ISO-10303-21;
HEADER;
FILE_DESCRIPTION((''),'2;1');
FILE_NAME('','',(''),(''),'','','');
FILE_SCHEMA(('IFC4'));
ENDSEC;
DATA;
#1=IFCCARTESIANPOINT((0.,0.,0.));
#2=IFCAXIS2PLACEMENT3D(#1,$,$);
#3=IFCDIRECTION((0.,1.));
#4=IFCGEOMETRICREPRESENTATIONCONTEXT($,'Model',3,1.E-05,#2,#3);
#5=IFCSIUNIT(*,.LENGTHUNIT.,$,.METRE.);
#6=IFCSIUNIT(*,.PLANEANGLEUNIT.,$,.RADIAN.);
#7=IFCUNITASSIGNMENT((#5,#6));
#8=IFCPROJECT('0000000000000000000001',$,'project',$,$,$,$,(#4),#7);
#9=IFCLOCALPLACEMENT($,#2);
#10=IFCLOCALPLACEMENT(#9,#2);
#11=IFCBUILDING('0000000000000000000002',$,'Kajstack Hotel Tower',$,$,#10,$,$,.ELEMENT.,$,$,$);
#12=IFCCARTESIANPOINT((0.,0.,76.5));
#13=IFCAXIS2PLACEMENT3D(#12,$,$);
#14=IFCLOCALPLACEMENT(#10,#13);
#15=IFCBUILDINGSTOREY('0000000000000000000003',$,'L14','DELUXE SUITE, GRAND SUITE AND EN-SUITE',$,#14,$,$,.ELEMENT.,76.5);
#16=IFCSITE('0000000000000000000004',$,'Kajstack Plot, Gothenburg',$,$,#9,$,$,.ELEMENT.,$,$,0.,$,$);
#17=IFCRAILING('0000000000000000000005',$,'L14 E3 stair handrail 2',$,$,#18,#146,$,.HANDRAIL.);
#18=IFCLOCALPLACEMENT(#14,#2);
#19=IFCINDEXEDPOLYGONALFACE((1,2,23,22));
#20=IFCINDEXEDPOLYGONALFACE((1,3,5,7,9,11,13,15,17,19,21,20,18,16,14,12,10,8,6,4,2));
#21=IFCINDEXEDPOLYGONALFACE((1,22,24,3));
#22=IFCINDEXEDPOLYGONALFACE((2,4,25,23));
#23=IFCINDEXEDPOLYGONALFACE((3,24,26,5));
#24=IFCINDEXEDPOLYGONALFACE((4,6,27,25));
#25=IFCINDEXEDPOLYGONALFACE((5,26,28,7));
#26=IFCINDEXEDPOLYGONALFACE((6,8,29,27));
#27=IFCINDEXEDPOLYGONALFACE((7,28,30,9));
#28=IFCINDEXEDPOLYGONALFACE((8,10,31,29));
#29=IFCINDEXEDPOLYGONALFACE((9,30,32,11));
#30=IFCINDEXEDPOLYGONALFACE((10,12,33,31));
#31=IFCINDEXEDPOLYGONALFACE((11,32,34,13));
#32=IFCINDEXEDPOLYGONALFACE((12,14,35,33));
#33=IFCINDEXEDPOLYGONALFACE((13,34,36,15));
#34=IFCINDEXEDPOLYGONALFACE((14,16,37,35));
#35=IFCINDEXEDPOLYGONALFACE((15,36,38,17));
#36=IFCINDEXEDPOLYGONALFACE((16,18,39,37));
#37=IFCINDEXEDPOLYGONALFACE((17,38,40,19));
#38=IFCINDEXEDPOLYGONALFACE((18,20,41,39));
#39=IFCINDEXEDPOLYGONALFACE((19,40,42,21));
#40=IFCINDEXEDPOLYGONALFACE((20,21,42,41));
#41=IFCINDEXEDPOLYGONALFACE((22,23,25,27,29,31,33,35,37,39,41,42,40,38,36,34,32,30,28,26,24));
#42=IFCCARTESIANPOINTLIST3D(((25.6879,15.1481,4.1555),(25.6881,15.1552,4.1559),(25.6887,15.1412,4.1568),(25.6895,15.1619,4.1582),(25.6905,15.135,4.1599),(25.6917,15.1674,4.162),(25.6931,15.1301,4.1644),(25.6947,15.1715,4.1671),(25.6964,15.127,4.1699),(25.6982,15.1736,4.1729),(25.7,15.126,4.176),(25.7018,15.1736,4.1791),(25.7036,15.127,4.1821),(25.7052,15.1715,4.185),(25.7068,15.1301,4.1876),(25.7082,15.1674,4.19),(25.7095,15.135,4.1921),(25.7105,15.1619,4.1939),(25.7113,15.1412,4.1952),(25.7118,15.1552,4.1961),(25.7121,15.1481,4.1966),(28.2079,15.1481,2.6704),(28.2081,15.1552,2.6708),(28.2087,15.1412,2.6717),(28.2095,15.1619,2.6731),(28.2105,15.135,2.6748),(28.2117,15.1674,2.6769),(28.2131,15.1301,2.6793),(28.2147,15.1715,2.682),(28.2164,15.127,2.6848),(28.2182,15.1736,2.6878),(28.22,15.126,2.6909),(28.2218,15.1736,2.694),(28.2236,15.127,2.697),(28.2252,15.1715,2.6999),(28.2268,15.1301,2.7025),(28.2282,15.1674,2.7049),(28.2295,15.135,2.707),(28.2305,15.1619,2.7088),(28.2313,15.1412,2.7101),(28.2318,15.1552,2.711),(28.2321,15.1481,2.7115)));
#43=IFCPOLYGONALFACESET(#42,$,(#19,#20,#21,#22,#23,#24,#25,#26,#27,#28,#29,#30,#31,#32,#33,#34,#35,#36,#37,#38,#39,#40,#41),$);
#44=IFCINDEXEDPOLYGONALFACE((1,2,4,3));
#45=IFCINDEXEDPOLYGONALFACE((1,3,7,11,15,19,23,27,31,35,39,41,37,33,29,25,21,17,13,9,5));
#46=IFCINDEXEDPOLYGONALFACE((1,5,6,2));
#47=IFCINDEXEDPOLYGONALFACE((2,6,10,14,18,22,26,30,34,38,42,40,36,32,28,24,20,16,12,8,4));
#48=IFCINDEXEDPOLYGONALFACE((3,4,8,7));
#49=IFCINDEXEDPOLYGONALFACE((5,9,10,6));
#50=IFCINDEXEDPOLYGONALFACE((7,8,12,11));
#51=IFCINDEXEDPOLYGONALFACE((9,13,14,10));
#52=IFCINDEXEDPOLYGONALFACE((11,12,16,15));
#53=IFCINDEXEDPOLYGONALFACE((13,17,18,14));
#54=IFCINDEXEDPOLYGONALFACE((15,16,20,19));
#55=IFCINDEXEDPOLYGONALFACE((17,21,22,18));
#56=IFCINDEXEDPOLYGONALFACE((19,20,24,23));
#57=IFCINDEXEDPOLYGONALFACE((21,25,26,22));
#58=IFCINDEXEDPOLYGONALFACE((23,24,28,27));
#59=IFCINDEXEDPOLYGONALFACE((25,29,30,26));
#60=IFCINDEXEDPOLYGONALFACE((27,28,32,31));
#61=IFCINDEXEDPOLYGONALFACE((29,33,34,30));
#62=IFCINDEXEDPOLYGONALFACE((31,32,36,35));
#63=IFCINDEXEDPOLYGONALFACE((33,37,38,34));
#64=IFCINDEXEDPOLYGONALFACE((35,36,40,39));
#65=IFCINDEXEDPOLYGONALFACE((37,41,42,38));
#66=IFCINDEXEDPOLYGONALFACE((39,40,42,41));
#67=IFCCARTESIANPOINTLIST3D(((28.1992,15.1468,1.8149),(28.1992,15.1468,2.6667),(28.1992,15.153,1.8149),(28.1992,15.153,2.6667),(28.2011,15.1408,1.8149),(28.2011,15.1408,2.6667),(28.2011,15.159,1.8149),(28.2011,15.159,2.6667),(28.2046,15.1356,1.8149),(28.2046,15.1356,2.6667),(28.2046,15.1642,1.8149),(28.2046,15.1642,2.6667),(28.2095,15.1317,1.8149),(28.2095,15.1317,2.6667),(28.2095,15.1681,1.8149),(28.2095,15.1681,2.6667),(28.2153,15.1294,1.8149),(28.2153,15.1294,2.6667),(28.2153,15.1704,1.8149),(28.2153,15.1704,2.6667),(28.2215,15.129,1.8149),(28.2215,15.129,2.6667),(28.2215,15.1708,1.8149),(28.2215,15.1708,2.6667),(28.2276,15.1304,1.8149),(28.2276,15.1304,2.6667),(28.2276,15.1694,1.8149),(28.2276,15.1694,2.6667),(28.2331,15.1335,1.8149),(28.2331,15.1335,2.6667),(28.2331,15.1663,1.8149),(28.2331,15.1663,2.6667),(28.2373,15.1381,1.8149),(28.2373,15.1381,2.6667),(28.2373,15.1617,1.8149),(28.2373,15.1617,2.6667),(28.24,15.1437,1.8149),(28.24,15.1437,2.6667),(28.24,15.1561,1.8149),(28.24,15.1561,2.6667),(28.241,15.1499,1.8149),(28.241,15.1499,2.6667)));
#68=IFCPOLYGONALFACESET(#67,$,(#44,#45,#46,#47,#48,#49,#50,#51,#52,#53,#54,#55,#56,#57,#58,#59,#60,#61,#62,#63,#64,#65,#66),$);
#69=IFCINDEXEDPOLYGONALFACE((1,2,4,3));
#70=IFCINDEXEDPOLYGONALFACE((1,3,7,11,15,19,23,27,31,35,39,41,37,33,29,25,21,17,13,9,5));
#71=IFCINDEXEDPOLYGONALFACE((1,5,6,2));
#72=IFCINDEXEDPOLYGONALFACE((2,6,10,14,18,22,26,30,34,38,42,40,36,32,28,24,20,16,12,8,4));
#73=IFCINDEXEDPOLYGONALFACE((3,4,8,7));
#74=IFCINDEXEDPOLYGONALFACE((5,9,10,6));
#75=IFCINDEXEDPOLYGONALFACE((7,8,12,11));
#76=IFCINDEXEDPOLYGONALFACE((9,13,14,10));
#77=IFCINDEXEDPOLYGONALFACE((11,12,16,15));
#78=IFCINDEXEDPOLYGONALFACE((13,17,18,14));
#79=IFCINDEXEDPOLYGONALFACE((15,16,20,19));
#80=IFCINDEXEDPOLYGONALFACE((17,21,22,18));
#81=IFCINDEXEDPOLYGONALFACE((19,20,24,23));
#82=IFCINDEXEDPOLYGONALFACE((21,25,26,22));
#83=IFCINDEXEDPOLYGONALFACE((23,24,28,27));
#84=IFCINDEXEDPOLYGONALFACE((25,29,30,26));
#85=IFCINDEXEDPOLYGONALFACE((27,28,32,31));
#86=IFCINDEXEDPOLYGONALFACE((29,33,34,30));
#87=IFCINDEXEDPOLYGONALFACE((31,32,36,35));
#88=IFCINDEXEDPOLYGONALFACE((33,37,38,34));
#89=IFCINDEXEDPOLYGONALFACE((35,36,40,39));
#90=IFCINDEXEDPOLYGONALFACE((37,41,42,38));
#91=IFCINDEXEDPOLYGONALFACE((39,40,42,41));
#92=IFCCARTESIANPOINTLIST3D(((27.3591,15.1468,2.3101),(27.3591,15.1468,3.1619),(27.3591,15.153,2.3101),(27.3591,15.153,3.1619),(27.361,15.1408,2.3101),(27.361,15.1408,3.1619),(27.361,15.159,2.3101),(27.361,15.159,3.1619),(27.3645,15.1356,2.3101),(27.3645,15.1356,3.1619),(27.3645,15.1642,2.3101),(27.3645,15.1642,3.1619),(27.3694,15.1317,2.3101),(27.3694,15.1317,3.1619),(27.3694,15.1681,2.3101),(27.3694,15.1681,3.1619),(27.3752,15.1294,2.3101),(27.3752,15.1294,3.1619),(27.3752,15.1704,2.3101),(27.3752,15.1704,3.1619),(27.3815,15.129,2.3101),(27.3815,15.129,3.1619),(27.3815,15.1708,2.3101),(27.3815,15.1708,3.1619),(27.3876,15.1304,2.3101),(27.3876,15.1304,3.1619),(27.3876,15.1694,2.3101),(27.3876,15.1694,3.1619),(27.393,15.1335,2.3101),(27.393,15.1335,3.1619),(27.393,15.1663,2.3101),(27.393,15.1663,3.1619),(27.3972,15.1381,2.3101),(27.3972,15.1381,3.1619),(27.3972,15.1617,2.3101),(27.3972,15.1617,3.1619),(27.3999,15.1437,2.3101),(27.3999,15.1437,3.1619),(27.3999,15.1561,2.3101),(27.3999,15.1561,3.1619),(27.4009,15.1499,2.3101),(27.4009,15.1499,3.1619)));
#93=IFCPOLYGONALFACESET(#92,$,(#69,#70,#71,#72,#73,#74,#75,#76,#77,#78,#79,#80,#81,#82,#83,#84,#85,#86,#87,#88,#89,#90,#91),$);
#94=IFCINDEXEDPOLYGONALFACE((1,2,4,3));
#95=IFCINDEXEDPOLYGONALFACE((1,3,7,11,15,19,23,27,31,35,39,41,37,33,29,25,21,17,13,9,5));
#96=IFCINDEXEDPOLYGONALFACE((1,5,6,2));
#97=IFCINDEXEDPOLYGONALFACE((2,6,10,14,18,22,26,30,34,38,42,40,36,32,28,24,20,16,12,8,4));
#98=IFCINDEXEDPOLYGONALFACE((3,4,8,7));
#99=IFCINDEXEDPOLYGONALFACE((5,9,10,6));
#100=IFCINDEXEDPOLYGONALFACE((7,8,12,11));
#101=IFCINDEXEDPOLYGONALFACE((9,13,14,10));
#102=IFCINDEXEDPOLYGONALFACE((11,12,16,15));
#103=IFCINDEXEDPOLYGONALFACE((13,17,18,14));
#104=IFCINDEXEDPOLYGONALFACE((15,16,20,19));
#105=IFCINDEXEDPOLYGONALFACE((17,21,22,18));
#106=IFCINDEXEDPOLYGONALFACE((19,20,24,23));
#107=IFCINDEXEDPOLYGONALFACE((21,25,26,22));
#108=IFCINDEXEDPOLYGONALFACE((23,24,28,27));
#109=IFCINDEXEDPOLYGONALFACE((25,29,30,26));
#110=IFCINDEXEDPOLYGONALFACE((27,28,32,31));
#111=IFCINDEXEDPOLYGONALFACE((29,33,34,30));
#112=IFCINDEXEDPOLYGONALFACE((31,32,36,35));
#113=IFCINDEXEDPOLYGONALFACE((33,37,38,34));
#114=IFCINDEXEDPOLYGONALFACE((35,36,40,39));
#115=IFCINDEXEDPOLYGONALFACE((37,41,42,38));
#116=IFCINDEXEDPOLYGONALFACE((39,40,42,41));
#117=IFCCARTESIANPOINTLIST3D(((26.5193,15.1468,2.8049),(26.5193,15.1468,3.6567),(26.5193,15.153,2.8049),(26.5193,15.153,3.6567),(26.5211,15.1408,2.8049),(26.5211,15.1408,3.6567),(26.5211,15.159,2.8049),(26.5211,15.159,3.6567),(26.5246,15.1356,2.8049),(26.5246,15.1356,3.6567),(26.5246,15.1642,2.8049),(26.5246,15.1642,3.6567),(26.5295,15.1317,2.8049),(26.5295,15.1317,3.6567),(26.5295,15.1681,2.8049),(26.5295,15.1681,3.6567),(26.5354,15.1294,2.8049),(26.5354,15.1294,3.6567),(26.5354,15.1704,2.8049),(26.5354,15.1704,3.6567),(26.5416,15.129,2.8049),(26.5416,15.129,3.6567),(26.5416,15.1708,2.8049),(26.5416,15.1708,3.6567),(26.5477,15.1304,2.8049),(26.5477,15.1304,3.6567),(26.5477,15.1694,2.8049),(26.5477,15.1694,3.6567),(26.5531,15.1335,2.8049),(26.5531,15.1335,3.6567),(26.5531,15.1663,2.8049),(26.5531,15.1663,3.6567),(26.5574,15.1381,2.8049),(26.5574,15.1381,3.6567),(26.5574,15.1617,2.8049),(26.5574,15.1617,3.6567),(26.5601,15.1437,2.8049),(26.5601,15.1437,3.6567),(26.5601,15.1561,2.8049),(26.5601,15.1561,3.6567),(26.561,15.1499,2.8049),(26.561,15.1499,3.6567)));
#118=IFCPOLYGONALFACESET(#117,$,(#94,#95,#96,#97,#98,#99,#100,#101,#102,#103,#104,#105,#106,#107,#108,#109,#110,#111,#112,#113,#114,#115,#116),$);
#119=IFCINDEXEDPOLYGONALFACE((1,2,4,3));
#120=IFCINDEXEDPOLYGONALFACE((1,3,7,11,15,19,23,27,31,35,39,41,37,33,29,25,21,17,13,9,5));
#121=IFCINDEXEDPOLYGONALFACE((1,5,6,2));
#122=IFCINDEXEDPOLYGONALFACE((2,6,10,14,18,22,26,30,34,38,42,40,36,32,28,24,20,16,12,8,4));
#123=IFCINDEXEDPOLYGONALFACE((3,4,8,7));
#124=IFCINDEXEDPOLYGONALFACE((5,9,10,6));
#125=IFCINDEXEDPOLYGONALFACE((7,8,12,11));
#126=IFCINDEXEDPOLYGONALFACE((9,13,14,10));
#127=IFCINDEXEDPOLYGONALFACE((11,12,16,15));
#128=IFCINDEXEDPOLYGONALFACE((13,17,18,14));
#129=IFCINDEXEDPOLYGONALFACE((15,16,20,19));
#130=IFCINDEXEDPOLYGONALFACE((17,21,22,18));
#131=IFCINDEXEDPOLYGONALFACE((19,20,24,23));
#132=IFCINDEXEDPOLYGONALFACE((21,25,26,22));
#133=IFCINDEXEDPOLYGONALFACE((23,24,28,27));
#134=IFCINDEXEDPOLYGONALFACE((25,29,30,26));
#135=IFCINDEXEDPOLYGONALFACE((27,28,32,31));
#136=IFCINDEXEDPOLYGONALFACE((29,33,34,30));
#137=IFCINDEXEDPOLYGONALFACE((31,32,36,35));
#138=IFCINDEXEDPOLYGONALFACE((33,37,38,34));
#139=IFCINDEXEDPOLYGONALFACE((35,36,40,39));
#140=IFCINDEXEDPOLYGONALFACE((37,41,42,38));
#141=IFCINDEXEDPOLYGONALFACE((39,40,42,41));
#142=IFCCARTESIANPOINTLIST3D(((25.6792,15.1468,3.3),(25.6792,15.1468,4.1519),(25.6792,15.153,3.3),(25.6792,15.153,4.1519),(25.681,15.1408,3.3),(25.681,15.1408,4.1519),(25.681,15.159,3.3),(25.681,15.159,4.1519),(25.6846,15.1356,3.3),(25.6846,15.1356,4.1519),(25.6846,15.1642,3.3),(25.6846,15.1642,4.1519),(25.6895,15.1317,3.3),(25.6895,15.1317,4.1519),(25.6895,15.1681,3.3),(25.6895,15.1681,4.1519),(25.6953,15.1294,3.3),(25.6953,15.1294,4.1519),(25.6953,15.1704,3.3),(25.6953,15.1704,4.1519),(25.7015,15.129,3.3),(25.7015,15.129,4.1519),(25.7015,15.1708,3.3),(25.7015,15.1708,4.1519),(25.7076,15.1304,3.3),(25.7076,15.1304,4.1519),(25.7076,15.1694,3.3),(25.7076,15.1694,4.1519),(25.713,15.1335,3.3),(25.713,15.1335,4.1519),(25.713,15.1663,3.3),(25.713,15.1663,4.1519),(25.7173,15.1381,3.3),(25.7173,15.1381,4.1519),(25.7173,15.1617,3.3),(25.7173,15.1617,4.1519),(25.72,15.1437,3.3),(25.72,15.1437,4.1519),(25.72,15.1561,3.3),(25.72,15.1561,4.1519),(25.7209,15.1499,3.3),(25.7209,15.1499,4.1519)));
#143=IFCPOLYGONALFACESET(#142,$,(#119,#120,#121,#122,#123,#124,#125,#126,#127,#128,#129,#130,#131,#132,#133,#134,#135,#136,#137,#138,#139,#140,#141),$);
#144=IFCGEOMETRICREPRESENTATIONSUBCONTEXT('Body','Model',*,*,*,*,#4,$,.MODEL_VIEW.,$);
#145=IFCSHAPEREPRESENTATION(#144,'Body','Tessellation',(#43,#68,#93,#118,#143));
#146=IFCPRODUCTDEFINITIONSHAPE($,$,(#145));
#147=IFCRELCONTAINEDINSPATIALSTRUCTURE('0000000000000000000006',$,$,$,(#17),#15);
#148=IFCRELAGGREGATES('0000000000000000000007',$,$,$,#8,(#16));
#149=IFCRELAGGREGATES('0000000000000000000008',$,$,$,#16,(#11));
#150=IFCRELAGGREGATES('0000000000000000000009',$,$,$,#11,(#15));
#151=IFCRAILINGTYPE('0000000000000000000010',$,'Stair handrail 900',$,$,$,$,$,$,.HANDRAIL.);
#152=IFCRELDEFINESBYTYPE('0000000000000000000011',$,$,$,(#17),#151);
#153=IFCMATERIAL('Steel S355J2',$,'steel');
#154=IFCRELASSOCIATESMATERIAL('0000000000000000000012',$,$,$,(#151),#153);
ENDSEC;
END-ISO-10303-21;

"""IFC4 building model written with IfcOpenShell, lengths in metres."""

from ifc_helpers import new_model, si_unit, direction, frame, origin, origin_2d, place, context, subcontext, project, spatial, circle, extrude, material, type_object, element, save


model = new_model("IFC4")

# Units and contexts
model_context = context("Model", 3, precision=1e-05, world=origin(), true_north=direction((0.0, 1.0)))
body_context = subcontext(model_context, "Body", "Model", "MODEL_VIEW")
ifc_project = project(units=[si_unit("LENGTHUNIT", "METRE"), si_unit("PLANEANGLEUNIT", "RADIAN")], contexts=[model_context])

# Site, building, storey
site_placement = place(None, origin())
site = spatial("IfcSite", under=ifc_project, at=site_placement, Name="Kajstack Plot, Gothenburg", CompositionType="ELEMENT", RefElevation=0.0)
building_placement = place(site_placement, origin())
building = spatial("IfcBuilding", under=site, at=building_placement, Name="Kajstack Hotel Tower", CompositionType="ELEMENT")
storey_placement = place(building_placement, frame((0.0, 0.0, 76.5)))
storey = spatial("IfcBuildingStorey", under=building, at=storey_placement, Name="L14", Description="DELUXE SUITE, GRAND SUITE AND EN-SUITE", CompositionType="ELEMENT", Elevation=76.5)

# Railing
ifc_material_1 = material(Name="Steel S355J2", Category="steel")
railing_type_1 = type_object("IfcRailingType", Name="Stair handrail 900", PredefinedType="HANDRAIL", material=ifc_material_1)
railing_1_placement = place(storey_placement, frame((28.22, 15.1499, 1.8149)))
element("IfcRailing", 1, at=railing_1_placement, inside=storey, type_object=railing_type_1, Name="L14 E3 stair handrail 2", PredefinedType="HANDRAIL", context=body_context, shape_type="SweptSolid", body=[
    extrude(circle(Radius=0.0239, at=origin_2d()), frame((0.0, 0.0, 0.876), z_axis=(-0.861524, 0.0, 0.507717), x_axis=(0.0, -1.0, 0.0)), (0.0, 0.0, 1.0), 2.925),
    extrude(circle(Radius=0.021, at=origin_2d()), origin(), (0.0, 0.0, 1.0), 0.8518),
    extrude(circle(Radius=0.021, at=origin_2d()), frame((-0.8401, 0.0, 0.4951)), (0.0, 0.0, 1.0), 0.8518),
    extrude(circle(Radius=0.021, at=origin_2d()), frame((-1.6799, 0.0, 0.99)), (0.0, 0.0, 1.0), 0.8518),
    extrude(circle(Radius=0.021, at=origin_2d()), frame((-2.52, 0.0, 1.4851)), (0.0, 0.0, 1.0), 0.8518),
])

save(model, "model.ifc")
